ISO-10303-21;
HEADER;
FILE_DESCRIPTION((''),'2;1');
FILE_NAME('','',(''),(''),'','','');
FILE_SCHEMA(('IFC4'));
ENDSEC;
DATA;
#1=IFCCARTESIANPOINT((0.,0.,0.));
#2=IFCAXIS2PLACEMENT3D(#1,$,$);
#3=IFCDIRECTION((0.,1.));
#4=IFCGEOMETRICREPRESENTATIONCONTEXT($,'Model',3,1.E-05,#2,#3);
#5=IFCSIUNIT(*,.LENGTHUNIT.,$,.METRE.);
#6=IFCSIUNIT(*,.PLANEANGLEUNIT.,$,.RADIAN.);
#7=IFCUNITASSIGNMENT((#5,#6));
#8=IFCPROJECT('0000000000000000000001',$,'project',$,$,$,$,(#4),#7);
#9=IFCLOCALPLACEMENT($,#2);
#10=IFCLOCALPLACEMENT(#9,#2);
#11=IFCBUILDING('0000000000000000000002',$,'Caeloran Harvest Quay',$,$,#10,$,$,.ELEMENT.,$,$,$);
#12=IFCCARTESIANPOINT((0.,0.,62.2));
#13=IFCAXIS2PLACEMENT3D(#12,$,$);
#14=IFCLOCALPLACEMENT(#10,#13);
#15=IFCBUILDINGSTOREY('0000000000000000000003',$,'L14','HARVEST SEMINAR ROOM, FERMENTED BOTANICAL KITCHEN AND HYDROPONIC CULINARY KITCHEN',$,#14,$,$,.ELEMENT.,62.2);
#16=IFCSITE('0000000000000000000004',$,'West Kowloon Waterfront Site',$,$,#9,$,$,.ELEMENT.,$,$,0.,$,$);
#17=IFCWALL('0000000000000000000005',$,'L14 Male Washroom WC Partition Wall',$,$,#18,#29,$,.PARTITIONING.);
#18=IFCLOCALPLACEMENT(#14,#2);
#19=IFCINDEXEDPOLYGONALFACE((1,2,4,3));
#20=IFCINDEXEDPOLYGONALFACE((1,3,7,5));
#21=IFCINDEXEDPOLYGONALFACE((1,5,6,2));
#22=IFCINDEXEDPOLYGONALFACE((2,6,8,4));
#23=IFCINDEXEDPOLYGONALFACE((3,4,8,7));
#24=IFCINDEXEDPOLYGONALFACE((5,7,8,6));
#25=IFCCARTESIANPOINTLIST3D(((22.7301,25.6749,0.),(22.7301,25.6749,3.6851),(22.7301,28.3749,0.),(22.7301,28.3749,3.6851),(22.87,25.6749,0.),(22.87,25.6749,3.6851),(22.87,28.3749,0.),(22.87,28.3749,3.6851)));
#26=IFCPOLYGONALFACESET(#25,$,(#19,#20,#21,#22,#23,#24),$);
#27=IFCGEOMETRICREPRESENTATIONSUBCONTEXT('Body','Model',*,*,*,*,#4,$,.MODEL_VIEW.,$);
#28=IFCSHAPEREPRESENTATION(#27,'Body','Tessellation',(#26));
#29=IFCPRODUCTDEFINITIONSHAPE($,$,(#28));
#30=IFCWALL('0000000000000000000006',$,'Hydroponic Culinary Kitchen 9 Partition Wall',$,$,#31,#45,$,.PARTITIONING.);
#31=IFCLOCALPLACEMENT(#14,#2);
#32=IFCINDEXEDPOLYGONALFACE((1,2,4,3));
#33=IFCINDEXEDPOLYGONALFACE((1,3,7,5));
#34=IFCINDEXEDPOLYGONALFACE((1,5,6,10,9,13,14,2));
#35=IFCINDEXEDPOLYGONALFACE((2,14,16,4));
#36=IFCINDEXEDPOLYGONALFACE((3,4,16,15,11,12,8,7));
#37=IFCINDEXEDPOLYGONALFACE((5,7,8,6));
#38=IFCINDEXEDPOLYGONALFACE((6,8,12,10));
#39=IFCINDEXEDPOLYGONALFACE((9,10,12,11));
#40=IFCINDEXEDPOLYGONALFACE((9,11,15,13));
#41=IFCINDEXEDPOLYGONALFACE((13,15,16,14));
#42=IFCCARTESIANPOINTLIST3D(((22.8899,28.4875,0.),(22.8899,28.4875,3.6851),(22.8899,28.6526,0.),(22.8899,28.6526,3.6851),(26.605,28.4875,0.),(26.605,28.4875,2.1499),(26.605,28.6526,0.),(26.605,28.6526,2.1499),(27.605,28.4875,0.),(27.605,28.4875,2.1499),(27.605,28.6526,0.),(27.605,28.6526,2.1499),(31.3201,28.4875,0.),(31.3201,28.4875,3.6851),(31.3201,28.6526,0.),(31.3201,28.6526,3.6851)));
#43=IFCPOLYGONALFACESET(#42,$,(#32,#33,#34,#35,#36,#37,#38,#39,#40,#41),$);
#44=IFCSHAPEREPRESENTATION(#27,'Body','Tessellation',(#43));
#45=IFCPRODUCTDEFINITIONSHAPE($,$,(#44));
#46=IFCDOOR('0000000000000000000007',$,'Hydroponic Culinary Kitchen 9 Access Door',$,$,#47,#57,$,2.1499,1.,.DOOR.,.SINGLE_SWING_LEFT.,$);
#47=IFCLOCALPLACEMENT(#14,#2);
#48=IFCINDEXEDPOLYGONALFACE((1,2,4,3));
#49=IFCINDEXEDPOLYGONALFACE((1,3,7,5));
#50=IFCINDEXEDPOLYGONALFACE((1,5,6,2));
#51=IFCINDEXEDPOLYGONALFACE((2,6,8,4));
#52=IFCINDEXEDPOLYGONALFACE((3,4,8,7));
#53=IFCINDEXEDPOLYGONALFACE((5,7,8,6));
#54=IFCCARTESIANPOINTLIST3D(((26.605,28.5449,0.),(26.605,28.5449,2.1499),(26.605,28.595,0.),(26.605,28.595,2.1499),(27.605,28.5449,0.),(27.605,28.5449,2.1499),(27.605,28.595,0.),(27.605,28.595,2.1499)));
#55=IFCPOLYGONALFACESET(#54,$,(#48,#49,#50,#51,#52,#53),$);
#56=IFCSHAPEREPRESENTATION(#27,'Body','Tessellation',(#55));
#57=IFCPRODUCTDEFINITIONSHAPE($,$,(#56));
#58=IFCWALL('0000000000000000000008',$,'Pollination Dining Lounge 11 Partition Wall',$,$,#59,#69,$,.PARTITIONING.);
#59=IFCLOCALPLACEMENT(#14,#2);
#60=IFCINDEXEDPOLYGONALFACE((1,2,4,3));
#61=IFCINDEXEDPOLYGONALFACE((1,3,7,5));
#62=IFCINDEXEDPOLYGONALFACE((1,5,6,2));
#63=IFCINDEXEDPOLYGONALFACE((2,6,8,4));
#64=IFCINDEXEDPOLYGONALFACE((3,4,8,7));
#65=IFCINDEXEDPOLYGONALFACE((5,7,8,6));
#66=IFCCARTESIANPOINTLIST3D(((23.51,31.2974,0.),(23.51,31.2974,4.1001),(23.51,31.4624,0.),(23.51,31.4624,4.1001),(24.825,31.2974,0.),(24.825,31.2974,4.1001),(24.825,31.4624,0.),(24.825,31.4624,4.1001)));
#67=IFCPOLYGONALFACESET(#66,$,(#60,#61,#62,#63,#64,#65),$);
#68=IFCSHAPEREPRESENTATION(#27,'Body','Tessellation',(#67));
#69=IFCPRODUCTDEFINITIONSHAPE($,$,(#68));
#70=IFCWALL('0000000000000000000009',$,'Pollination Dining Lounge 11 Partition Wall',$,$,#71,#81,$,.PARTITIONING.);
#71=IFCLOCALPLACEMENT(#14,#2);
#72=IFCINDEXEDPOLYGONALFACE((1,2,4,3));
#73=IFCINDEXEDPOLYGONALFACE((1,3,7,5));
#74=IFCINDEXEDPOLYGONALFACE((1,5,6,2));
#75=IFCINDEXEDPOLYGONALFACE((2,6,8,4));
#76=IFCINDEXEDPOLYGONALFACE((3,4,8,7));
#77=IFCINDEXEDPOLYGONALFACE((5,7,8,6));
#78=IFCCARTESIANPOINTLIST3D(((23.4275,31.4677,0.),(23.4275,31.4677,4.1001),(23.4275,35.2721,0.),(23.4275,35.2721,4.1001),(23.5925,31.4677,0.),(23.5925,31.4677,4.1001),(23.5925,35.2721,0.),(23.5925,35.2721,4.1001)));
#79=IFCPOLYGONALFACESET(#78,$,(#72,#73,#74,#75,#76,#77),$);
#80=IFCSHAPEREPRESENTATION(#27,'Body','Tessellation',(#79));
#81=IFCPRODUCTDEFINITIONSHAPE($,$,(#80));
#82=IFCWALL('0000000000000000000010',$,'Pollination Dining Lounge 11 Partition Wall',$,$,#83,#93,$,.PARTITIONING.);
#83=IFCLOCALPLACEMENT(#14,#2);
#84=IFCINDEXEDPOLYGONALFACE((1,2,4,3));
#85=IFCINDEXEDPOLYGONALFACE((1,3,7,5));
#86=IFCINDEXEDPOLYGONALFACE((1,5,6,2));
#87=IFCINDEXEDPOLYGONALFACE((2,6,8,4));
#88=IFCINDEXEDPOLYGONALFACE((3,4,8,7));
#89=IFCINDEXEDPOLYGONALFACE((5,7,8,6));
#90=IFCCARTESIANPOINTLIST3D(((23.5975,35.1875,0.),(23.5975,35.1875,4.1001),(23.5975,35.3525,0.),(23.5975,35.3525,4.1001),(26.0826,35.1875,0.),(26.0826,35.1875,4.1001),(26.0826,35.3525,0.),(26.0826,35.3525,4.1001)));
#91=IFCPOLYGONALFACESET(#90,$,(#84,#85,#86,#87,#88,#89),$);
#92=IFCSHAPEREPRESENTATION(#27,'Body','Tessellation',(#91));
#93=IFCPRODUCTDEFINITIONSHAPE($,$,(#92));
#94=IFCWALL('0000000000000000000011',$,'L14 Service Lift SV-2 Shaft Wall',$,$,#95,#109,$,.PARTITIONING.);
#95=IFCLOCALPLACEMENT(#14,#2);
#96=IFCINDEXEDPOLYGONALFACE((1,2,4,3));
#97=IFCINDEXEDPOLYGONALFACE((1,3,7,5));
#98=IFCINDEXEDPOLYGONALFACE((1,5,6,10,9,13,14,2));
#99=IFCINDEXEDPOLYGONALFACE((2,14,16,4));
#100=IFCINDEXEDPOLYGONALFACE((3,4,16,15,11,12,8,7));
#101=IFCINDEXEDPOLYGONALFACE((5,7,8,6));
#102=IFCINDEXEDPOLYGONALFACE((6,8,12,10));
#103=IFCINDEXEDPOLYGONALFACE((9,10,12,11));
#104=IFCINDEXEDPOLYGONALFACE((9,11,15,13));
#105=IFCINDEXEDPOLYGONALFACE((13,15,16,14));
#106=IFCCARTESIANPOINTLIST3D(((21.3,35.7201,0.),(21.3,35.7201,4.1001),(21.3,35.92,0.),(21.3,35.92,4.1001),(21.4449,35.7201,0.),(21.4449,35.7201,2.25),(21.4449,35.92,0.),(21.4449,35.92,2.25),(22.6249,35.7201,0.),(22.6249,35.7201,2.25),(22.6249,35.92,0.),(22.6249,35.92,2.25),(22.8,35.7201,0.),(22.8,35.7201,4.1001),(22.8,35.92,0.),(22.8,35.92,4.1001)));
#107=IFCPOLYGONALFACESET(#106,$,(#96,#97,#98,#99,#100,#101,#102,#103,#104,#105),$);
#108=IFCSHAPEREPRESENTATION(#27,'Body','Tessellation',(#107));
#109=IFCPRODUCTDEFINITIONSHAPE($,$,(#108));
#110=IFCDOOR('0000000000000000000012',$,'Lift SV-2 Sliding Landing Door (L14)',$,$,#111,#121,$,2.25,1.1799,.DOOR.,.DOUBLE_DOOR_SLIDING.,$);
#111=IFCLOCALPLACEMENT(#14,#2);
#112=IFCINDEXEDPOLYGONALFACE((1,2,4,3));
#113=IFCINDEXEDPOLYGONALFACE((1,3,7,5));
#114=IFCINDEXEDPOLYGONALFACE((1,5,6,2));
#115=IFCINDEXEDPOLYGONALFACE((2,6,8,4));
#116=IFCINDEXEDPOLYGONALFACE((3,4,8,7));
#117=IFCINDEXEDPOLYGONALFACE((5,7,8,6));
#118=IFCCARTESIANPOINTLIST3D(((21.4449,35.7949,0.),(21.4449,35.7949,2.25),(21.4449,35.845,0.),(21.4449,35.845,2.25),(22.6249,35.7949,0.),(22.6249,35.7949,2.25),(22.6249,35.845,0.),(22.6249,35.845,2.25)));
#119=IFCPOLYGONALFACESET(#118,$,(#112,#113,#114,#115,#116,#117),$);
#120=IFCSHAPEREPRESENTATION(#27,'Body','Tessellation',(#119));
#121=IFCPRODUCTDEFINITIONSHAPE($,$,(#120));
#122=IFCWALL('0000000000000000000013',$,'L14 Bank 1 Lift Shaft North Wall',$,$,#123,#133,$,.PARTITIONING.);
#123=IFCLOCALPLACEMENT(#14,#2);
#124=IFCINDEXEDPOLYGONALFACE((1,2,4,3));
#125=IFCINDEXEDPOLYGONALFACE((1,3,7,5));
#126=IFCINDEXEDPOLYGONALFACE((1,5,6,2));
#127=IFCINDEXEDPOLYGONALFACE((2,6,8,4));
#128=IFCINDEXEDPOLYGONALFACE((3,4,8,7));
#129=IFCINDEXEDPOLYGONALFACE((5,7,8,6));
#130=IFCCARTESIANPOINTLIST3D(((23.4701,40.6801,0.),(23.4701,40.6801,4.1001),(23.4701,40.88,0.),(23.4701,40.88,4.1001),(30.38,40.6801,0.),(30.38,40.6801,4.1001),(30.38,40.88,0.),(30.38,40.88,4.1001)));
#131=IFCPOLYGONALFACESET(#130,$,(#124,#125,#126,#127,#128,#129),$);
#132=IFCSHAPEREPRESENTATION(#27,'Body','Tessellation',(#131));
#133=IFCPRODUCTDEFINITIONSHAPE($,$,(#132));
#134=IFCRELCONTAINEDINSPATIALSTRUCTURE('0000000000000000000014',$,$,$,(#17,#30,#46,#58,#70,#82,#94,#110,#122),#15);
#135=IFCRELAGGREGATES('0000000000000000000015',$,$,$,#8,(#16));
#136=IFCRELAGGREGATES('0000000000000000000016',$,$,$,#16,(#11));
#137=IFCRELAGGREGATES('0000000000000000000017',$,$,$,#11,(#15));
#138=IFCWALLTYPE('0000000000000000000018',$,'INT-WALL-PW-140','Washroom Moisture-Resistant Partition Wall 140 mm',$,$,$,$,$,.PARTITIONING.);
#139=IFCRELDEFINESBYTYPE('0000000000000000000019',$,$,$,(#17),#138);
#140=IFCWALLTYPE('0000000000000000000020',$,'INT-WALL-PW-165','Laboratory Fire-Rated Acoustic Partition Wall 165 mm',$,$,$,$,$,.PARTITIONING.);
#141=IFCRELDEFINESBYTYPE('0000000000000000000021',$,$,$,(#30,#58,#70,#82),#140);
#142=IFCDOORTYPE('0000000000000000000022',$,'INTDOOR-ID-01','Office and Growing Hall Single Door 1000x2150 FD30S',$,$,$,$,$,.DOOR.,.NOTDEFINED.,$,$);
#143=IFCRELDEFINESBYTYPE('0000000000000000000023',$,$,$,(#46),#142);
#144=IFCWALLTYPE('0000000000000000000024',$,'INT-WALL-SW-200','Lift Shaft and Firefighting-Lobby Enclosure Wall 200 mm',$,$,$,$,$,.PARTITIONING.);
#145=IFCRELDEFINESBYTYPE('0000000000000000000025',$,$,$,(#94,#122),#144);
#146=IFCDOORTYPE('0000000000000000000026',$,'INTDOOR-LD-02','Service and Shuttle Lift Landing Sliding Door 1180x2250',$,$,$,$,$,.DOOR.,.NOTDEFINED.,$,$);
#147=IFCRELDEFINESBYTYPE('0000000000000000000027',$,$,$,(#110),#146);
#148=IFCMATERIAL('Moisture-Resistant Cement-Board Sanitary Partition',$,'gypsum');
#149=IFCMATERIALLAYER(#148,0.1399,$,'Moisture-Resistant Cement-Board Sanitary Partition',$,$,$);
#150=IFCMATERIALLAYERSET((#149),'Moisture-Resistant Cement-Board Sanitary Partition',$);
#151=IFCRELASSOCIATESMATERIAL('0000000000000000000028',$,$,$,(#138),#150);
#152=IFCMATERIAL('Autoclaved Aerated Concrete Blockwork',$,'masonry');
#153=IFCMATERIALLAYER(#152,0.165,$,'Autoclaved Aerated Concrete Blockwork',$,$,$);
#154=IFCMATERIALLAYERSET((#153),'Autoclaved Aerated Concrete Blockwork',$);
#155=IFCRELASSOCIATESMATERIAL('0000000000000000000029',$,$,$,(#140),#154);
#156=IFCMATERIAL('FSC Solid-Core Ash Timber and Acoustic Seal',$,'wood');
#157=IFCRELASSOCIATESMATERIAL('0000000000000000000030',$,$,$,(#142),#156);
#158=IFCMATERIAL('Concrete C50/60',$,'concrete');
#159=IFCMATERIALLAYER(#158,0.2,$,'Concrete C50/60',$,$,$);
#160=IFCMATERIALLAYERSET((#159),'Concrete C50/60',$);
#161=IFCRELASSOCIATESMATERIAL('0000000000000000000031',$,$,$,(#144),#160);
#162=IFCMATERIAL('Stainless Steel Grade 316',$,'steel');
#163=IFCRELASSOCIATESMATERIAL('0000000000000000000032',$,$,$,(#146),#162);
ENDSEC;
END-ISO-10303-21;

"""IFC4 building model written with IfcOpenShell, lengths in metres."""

from ifc_helpers import new_model, si_unit, direction, frame, frame_2d, origin, place, context, subcontext, project, spatial, rectangle, extrude, material, layer, layer_set, type_object, element, fill, save


model = new_model("IFC4")

# Units and contexts
model_context = context("Model", 3, precision=1e-05, world=origin(), true_north=direction((0.0, 1.0)))
body_context = subcontext(model_context, "Body", "Model", "MODEL_VIEW")
ifc_project = project(units=[si_unit("LENGTHUNIT", "METRE"), si_unit("PLANEANGLEUNIT", "RADIAN")], contexts=[model_context])

# Site, building, storey
site_placement = place(None, origin())
site = spatial("IfcSite", under=ifc_project, at=site_placement, Name="West Kowloon Waterfront Site", CompositionType="ELEMENT", RefElevation=0.0)
building_placement = place(site_placement, origin())
building = spatial("IfcBuilding", under=site, at=building_placement, Name="Caeloran Harvest Quay", CompositionType="ELEMENT")
storey_placement = place(building_placement, frame((0.0, 0.0, 62.2)))
storey = spatial("IfcBuildingStorey", under=building, at=storey_placement, Name="L14", Description="HARVEST SEMINAR ROOM, FERMENTED BOTANICAL KITCHEN AND HYDROPONIC CULINARY KITCHEN", CompositionType="ELEMENT", Elevation=62.2)

# Wall
ifc_material_1 = material(Name="Moisture-Resistant Cement-Board Sanitary Partition", Category="gypsum")
ifc_layer_1 = layer(ifc_material_1, 0.1399, Name="Moisture-Resistant Cement-Board Sanitary Partition")
ifc_layer_set_1 = layer_set([ifc_layer_1], Name="Moisture-Resistant Cement-Board Sanitary Partition")
wall_type_1 = type_object("IfcWallType", Name="INT-WALL-PW-140", Description="Washroom Moisture-Resistant Partition Wall 140 mm", PredefinedType="PARTITIONING", material=ifc_layer_set_1)
wall_1_placement = place(storey_placement, frame((22.8, 28.375, 0.0), z_axis=(0.0, 0.0, 1.0), x_axis=(0.0, -1.0, 0.0)))
element("IfcWall", 1, at=wall_1_placement, inside=storey, type_object=wall_type_1, Name="L14 Male Washroom WC Partition Wall", PredefinedType="PARTITIONING", context=body_context, shape_type="SweptSolid", body=[
    extrude(rectangle(XDim=2.7, YDim=0.1399, at=frame_2d((1.3501, 0.0))), origin(), (0.0, 0.0, 1.0), 3.6851),
])

# Wall, opening, door
ifc_material_2 = material(Name="Autoclaved Aerated Concrete Blockwork", Category="masonry")
ifc_layer_2 = layer(ifc_material_2, 0.165, Name="Autoclaved Aerated Concrete Blockwork")
ifc_layer_set_2 = layer_set([ifc_layer_2], Name="Autoclaved Aerated Concrete Blockwork")
wall_type_2 = type_object("IfcWallType", Name="INT-WALL-PW-165", Description="Laboratory Fire-Rated Acoustic Partition Wall 165 mm", PredefinedType="PARTITIONING", material=ifc_layer_set_2)
wall_2_placement = place(storey_placement, frame((22.8899, 28.5701, 0.0), z_axis=(0.0, 0.0, 1.0), x_axis=(1.0, 0.0, 0.0)))
wall_2 = element("IfcWall", 2, at=wall_2_placement, inside=storey, type_object=wall_type_2, Name="Hydroponic Culinary Kitchen 9 Partition Wall", PredefinedType="PARTITIONING", context=body_context, shape_type="SweptSolid", body=[
    extrude(rectangle(XDim=8.4302, YDim=0.165, at=frame_2d((4.2151, 0.0))), origin(), (0.0, 0.0, 1.0), 3.6851),
])
opening_1_placement = place(wall_2_placement, frame((3.7151, 0.0, 0.0)))
opening_1 = element("IfcOpeningElement", 3, at=opening_1_placement, cuts=wall_2, PredefinedType="OPENING", context=body_context, shape_type="SweptSolid", body=[
    extrude(rectangle(XDim=1.0, YDim=2.1499, at=frame_2d((0.5, 1.075))), frame((0.0, 0.0925, 0.0), z_axis=(0.0, -1.0, 0.0), x_axis=(1.0, 0.0, 0.0)), (0.0, 0.0, 1.0), 0.1851),
])
ifc_material_3 = material(Name="FSC Solid-Core Ash Timber and Acoustic Seal", Category="wood")
door_type_1 = type_object("IfcDoorType", Name="INTDOOR-ID-01", Description="Office and Growing Hall Single Door 1000x2150 FD30S", OperationType="NOTDEFINED", PredefinedType="DOOR", material=ifc_material_3)
door_1_placement = place(opening_1_placement, origin())
door_1 = element("IfcDoor", 4, at=door_1_placement, inside=storey, type_object=door_type_1, Name="Hydroponic Culinary Kitchen 9 Access Door", OperationType="SINGLE_SWING_LEFT", OverallHeight=2.1499, OverallWidth=1.0, PredefinedType="DOOR", context=body_context, shape_type="SweptSolid", body=[
    extrude(rectangle(XDim=1.0, YDim=2.1499, at=frame_2d((0.5, 1.075))), frame((0.0, 0.0249, 0.0), z_axis=(0.0, -1.0, 0.0), x_axis=(1.0, 0.0, 0.0)), (0.0, 0.0, 1.0), 0.05),
])
fill(opening_1, door_1)

# Walls
wall_3_placement = place(storey_placement, frame((24.825, 31.3799, 0.0), z_axis=(0.0, 0.0, 1.0), x_axis=(-1.0, 0.0, 0.0)))
element("IfcWall", 5, at=wall_3_placement, inside=storey, type_object=wall_type_2, Name="Pollination Dining Lounge 11 Partition Wall", PredefinedType="PARTITIONING", context=body_context, shape_type="SweptSolid", body=[
    extrude(rectangle(XDim=1.3149, YDim=0.165, at=frame_2d((0.6575, 0.0))), origin(), (0.0, 0.0, 1.0), 4.1001),
])
wall_4_placement = place(storey_placement, frame((23.51, 31.4675, 0.0), z_axis=(0.0, 0.0, 1.0), x_axis=(0.0, 1.0, 0.0)))
element("IfcWall", 6, at=wall_4_placement, inside=storey, type_object=wall_type_2, Name="Pollination Dining Lounge 11 Partition Wall", PredefinedType="PARTITIONING", context=body_context, shape_type="SweptSolid", body=[
    extrude(rectangle(XDim=3.8044, YDim=0.165, at=frame_2d((1.9023, 0.0))), origin(), (0.0, 0.0, 1.0), 4.1001),
])
wall_5_placement = place(storey_placement, frame((23.5974, 35.27, 0.0), z_axis=(0.0, 0.0, 1.0), x_axis=(1.0, 0.0, 0.0)))
element("IfcWall", 7, at=wall_5_placement, inside=storey, type_object=wall_type_2, Name="Pollination Dining Lounge 11 Partition Wall", PredefinedType="PARTITIONING", context=body_context, shape_type="SweptSolid", body=[
    extrude(rectangle(XDim=2.4851, YDim=0.165, at=frame_2d((1.2427, 0.0))), origin(), (0.0, 0.0, 1.0), 4.1001),
])

# Wall, opening, door
ifc_material_4 = material(Name="Concrete C50/60", Category="concrete")
ifc_layer_3 = layer(ifc_material_4, 0.2, Name="Concrete C50/60")
ifc_layer_set_3 = layer_set([ifc_layer_3], Name="Concrete C50/60")
wall_type_3 = type_object("IfcWallType", Name="INT-WALL-SW-200", Description="Lift Shaft and Firefighting-Lobby Enclosure Wall 200 mm", PredefinedType="PARTITIONING", material=ifc_layer_set_3)
wall_6_placement = place(storey_placement, frame((21.3, 35.8201, 0.0), z_axis=(0.0, 0.0, 1.0), x_axis=(1.0, 0.0, 0.0)))
wall_6 = element("IfcWall", 8, at=wall_6_placement, inside=storey, type_object=wall_type_3, Name="L14 Service Lift SV-2 Shaft Wall", PredefinedType="PARTITIONING", context=body_context, shape_type="SweptSolid", body=[
    extrude(rectangle(XDim=1.5, YDim=0.2, at=frame_2d((0.75, 0.0))), origin(), (0.0, 0.0, 1.0), 4.1001),
])
opening_2_placement = place(wall_6_placement, frame((0.145, 0.0, 0.0)))
opening_2 = element("IfcOpeningElement", 9, at=opening_2_placement, cuts=wall_6, PredefinedType="OPENING", context=body_context, shape_type="SweptSolid", body=[
    extrude(rectangle(XDim=1.1799, YDim=2.25, at=frame_2d((0.5898, 1.125))), frame((0.0, 0.1099, 0.0), z_axis=(0.0, -1.0, 0.0), x_axis=(1.0, 0.0, 0.0)), (0.0, 0.0, 1.0), 0.22),
])
ifc_material_5 = material(Name="Stainless Steel Grade 316", Category="steel")
door_type_2 = type_object("IfcDoorType", Name="INTDOOR-LD-02", Description="Service and Shuttle Lift Landing Sliding Door 1180x2250", OperationType="NOTDEFINED", PredefinedType="DOOR", material=ifc_material_5)
door_2_placement = place(opening_2_placement, origin())
door_2 = element("IfcDoor", 10, at=door_2_placement, inside=storey, type_object=door_type_2, Name="Lift SV-2 Sliding Landing Door (L14)", OperationType="DOUBLE_DOOR_SLIDING", OverallHeight=2.25, OverallWidth=1.1799, PredefinedType="DOOR", context=body_context, shape_type="SweptSolid", body=[
    extrude(rectangle(XDim=1.1799, YDim=2.25, at=frame_2d((0.5898, 1.125))), frame((0.0, 0.0249, 0.0), z_axis=(0.0, -1.0, 0.0), x_axis=(1.0, 0.0, 0.0)), (0.0, 0.0, 1.0), 0.05),
])
fill(opening_2, door_2)

# Wall
wall_7_placement = place(storey_placement, frame((23.47, 40.78, 0.0), z_axis=(0.0, 0.0, 1.0), x_axis=(1.0, 0.0, 0.0)))
element("IfcWall", 11, at=wall_7_placement, inside=storey, type_object=wall_type_3, Name="L14 Bank 1 Lift Shaft North Wall", PredefinedType="PARTITIONING", context=body_context, shape_type="SweptSolid", body=[
    extrude(rectangle(XDim=6.9099, YDim=0.2, at=frame_2d((3.4551, 0.0))), origin(), (0.0, 0.0, 1.0), 4.1001),
])

save(model, "model.ifc")
